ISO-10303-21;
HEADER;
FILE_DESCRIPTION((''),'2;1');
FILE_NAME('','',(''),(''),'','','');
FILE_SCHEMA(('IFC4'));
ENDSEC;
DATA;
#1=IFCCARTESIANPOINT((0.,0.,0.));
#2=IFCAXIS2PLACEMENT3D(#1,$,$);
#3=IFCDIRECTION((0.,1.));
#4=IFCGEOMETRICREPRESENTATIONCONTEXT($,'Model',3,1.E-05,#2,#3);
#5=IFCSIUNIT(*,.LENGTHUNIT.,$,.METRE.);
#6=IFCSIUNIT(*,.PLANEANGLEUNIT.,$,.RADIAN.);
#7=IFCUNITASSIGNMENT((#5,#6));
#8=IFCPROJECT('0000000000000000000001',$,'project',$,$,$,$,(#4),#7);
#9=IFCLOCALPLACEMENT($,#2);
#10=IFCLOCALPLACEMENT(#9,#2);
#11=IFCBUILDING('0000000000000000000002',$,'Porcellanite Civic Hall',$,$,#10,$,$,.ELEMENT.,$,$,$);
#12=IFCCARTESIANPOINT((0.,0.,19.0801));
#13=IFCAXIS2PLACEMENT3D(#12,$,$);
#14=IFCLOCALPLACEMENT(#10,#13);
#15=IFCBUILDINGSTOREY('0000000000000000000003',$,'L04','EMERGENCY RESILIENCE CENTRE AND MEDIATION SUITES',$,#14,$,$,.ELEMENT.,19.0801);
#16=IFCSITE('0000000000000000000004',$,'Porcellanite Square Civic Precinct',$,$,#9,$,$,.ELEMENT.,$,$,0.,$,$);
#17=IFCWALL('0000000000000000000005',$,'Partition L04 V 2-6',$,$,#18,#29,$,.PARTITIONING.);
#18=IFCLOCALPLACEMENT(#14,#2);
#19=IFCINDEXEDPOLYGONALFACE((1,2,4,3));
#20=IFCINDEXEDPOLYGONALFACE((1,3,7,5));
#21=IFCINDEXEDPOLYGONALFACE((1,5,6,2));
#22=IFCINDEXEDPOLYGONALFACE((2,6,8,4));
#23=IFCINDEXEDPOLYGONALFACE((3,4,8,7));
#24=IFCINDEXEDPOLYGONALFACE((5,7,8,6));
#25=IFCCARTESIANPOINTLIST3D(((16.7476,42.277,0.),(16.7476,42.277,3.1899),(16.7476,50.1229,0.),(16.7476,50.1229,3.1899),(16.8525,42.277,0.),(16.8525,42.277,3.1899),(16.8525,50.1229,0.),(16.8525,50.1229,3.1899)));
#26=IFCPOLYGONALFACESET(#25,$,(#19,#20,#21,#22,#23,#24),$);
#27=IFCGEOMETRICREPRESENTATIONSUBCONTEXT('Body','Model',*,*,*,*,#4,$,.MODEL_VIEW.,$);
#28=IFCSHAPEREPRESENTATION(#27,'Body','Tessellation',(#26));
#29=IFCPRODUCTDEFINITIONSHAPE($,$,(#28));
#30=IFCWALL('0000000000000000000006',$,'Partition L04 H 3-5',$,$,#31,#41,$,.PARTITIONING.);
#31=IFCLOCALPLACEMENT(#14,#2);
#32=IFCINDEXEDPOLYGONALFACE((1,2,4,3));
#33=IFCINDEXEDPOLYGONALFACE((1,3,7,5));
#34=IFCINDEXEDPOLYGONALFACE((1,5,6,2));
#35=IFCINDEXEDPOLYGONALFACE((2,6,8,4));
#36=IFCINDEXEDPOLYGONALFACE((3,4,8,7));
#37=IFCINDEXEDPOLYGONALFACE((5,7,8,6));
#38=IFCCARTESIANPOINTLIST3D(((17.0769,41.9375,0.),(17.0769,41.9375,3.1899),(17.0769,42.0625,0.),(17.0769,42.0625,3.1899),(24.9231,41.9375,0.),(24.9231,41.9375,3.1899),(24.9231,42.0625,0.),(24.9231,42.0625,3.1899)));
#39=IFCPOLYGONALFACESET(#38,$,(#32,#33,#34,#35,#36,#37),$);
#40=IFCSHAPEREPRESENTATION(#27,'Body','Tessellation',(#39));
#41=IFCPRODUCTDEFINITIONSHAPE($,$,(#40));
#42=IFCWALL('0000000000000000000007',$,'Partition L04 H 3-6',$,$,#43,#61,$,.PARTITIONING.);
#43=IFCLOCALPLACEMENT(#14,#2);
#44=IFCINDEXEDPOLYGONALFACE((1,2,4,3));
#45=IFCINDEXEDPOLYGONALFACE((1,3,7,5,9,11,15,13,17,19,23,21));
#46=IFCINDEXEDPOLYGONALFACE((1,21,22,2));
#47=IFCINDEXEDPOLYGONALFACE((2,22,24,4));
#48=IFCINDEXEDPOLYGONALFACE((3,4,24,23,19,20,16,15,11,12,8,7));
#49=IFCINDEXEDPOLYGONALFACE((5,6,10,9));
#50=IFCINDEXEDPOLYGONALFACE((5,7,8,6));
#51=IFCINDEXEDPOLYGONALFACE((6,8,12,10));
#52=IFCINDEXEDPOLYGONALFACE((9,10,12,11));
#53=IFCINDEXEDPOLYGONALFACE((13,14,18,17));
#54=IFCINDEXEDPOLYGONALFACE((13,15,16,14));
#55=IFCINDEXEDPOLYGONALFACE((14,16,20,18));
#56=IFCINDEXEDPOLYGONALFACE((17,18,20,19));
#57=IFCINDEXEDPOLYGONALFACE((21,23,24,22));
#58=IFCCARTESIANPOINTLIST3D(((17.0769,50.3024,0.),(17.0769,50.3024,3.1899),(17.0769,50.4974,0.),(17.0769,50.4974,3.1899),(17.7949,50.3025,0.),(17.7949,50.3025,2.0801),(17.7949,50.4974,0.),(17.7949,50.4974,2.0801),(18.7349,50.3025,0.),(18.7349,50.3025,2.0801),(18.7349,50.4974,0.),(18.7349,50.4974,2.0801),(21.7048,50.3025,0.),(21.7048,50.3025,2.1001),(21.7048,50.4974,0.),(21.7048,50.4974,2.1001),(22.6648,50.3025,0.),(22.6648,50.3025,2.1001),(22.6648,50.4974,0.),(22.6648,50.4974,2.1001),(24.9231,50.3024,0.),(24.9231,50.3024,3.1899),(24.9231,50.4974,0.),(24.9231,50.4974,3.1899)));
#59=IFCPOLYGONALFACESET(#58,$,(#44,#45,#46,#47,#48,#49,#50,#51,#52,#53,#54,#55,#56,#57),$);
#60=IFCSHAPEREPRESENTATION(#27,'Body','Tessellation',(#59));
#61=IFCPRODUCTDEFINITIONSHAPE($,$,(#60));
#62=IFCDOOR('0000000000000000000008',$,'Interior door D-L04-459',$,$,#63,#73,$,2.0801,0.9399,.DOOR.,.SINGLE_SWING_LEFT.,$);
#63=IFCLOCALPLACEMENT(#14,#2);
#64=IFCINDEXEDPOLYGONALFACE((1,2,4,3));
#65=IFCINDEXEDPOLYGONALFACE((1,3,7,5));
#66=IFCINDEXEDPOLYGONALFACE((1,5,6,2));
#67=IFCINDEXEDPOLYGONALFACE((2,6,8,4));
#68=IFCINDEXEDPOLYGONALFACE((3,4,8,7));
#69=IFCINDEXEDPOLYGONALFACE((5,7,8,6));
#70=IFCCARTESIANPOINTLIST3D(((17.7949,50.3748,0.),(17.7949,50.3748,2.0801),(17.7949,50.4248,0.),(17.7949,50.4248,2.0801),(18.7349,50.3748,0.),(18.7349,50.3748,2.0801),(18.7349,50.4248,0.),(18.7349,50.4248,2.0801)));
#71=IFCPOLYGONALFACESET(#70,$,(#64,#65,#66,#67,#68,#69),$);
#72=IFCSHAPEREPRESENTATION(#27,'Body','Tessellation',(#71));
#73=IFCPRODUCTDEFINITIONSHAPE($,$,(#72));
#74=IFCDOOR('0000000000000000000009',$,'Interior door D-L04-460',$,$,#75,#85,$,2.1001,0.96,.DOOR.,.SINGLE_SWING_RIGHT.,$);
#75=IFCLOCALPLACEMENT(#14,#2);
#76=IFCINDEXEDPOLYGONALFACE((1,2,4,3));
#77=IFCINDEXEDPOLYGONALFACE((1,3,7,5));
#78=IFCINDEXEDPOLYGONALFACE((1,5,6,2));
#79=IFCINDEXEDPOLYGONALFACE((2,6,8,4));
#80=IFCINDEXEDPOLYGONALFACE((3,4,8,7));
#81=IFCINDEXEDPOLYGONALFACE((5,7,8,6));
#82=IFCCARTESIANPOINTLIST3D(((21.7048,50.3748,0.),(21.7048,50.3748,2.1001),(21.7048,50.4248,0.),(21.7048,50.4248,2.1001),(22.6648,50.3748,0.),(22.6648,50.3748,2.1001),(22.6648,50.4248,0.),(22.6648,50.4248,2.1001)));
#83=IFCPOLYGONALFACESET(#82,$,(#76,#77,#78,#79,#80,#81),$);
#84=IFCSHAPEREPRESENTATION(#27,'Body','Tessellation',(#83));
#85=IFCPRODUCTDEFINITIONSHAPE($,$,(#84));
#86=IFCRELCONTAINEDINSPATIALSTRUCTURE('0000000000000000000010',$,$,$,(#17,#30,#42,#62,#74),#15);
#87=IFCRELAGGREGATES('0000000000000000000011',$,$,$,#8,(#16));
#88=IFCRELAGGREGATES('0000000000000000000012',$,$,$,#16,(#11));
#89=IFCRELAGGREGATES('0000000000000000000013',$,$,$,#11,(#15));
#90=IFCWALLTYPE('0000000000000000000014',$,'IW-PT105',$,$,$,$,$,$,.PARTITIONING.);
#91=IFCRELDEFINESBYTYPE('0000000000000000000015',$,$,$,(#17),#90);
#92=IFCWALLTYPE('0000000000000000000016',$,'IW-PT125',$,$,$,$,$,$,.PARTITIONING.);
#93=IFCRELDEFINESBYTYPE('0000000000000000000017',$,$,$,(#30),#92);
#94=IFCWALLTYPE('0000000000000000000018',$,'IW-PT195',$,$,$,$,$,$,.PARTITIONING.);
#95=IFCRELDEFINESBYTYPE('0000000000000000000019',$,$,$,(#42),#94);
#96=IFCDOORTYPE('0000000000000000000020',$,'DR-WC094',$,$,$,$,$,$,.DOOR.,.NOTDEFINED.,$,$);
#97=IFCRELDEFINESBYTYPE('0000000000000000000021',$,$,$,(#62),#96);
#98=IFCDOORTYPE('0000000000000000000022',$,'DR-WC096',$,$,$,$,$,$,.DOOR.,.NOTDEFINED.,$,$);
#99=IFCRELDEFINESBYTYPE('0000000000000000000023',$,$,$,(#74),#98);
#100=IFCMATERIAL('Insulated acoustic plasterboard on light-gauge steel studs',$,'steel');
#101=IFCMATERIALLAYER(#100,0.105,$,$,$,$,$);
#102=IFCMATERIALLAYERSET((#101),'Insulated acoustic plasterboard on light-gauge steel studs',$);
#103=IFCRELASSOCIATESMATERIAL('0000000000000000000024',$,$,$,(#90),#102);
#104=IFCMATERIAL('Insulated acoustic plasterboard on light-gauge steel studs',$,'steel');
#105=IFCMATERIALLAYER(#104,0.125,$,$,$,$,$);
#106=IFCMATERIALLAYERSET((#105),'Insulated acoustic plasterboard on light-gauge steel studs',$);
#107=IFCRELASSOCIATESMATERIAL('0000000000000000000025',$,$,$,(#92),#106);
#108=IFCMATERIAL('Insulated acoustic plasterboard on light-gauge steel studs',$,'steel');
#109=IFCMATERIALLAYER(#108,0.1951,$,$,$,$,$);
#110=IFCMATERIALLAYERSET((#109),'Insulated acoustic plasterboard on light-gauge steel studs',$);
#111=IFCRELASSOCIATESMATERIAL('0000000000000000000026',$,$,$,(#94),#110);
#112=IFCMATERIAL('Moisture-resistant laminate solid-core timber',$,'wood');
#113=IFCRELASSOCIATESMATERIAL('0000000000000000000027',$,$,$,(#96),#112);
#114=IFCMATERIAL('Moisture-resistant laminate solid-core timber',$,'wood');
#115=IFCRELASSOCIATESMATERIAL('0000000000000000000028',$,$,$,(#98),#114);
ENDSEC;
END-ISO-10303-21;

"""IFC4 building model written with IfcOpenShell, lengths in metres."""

from ifc_helpers import new_model, si_unit, direction, frame, frame_2d, origin, place, context, subcontext, project, spatial, rectangle, extrude, material, layer, layer_set, type_object, element, fill, save


model = new_model("IFC4")

# Units and contexts
model_context = context("Model", 3, precision=1e-05, world=origin(), true_north=direction((0.0, 1.0)))
body_context = subcontext(model_context, "Body", "Model", "MODEL_VIEW")
ifc_project = project(units=[si_unit("LENGTHUNIT", "METRE"), si_unit("PLANEANGLEUNIT", "RADIAN")], contexts=[model_context])

# Site, building, storey
site_placement = place(None, origin())
site = spatial("IfcSite", under=ifc_project, at=site_placement, Name="Porcellanite Square Civic Precinct", CompositionType="ELEMENT", RefElevation=0.0)
building_placement = place(site_placement, origin())
building = spatial("IfcBuilding", under=site, at=building_placement, Name="Porcellanite Civic Hall", CompositionType="ELEMENT")
storey_placement = place(building_placement, frame((0.0, 0.0, 19.0801)))
storey = spatial("IfcBuildingStorey", under=building, at=storey_placement, Name="L04", Description="EMERGENCY RESILIENCE CENTRE AND MEDIATION SUITES", CompositionType="ELEMENT", Elevation=19.0801)

# Shared definitions
ifc_material_1 = material(Name="Insulated acoustic plasterboard on light-gauge steel studs", Category="steel")
ifc_layer_1 = layer(ifc_material_1, 0.105)
ifc_layer_set_1 = layer_set([ifc_layer_1], Name="Insulated acoustic plasterboard on light-gauge steel studs")
wall_type_1 = type_object("IfcWallType", Name="IW-PT105", PredefinedType="PARTITIONING", material=ifc_layer_set_1)

# Walls
wall_1_placement = place(storey_placement, frame((16.8, 42.2771, 0.0), z_axis=(0.0, 0.0, 1.0), x_axis=(0.0, 1.0, 0.0)))
element("IfcWall", 1, at=wall_1_placement, inside=storey, type_object=wall_type_1, Name="Partition L04 V 2-6", PredefinedType="PARTITIONING", context=body_context, shape_type="SweptSolid", body=[
    extrude(rectangle(XDim=7.8459, YDim=0.105, at=frame_2d((3.9229, 0.0))), origin(), (0.0, 0.0, 1.0), 3.1899),
])
ifc_material_2 = material(Name="Insulated acoustic plasterboard on light-gauge steel studs", Category="steel")
ifc_layer_2 = layer(ifc_material_2, 0.125)
ifc_layer_set_2 = layer_set([ifc_layer_2], Name="Insulated acoustic plasterboard on light-gauge steel studs")
wall_type_2 = type_object("IfcWallType", Name="IW-PT125", PredefinedType="PARTITIONING", material=ifc_layer_set_2)
wall_2_placement = place(storey_placement, frame((17.0769, 42.0, 0.0), z_axis=(0.0, 0.0, 1.0), x_axis=(1.0, 0.0, 0.0)))
element("IfcWall", 2, at=wall_2_placement, inside=storey, type_object=wall_type_2, Name="Partition L04 H 3-5", PredefinedType="PARTITIONING", context=body_context, shape_type="SweptSolid", body=[
    extrude(rectangle(XDim=7.8462, YDim=0.125, at=frame_2d((3.9231, 0.0))), origin(), (0.0, 0.0, 1.0), 3.1899),
])

# Wall, openings, doors
ifc_material_3 = material(Name="Insulated acoustic plasterboard on light-gauge steel studs", Category="steel")
ifc_layer_3 = layer(ifc_material_3, 0.1951)
ifc_layer_set_3 = layer_set([ifc_layer_3], Name="Insulated acoustic plasterboard on light-gauge steel studs")
wall_type_3 = type_object("IfcWallType", Name="IW-PT195", PredefinedType="PARTITIONING", material=ifc_layer_set_3)
wall_3_placement = place(storey_placement, frame((17.0769, 50.3999, 0.0), z_axis=(0.0, 0.0, 1.0), x_axis=(1.0, 0.0, 0.0)))
wall_3 = element("IfcWall", 3, at=wall_3_placement, inside=storey, type_object=wall_type_3, Name="Partition L04 H 3-6", PredefinedType="PARTITIONING", context=body_context, shape_type="SweptSolid", body=[
    extrude(rectangle(XDim=7.8462, YDim=0.1951, at=frame_2d((3.9231, 0.0))), origin(), (0.0, 0.0, 1.0), 3.1899),
])
opening_1_placement = place(wall_3_placement, frame((0.718, 0.0, 0.0)))
opening_1 = element("IfcOpeningElement", 4, at=opening_1_placement, cuts=wall_3, PredefinedType="OPENING", context=body_context, shape_type="SweptSolid", body=[
    extrude(rectangle(XDim=0.9399, YDim=2.0801, at=frame_2d((0.47, 1.04))), frame((0.0, 0.0977, 0.0), z_axis=(0.0, -1.0, 0.0), x_axis=(1.0, 0.0, 0.0)), (0.0, 0.0, 1.0), 0.1951),
])
opening_2_placement = place(wall_3_placement, frame((4.6279, 0.0, 0.0)))
opening_2 = element("IfcOpeningElement", 5, at=opening_2_placement, cuts=wall_3, PredefinedType="OPENING", context=body_context, shape_type="SweptSolid", body=[
    extrude(rectangle(XDim=0.96, YDim=2.1001, at=frame_2d((0.48, 1.05))), frame((0.0, 0.0977, 0.0), z_axis=(0.0, -1.0, 0.0), x_axis=(1.0, 0.0, 0.0)), (0.0, 0.0, 1.0), 0.1951),
])
ifc_material_4 = material(Name="Moisture-resistant laminate solid-core timber", Category="wood")
door_type_1 = type_object("IfcDoorType", Name="DR-WC094", OperationType="NOTDEFINED", PredefinedType="DOOR", material=ifc_material_4)
door_1_placement = place(opening_1_placement, origin())
door_1 = element("IfcDoor", 6, at=door_1_placement, inside=storey, type_object=door_type_1, Name="Interior door D-L04-459", OperationType="SINGLE_SWING_LEFT", OverallHeight=2.0801, OverallWidth=0.9399, PredefinedType="DOOR", context=body_context, shape_type="SweptSolid", body=[
    extrude(rectangle(XDim=0.9399, YDim=2.0801, at=frame_2d((0.47, 1.04))), frame((0.0, 0.0249, 0.0), z_axis=(0.0, -1.0, 0.0), x_axis=(1.0, 0.0, 0.0)), (0.0, 0.0, 1.0), 0.05),
])
fill(opening_1, door_1)
ifc_material_5 = material(Name="Moisture-resistant laminate solid-core timber", Category="wood")
door_type_2 = type_object("IfcDoorType", Name="DR-WC096", OperationType="NOTDEFINED", PredefinedType="DOOR", material=ifc_material_5)
door_2_placement = place(opening_2_placement, origin())
door_2 = element("IfcDoor", 7, at=door_2_placement, inside=storey, type_object=door_type_2, Name="Interior door D-L04-460", OperationType="SINGLE_SWING_RIGHT", OverallHeight=2.1001, OverallWidth=0.96, PredefinedType="DOOR", context=body_context, shape_type="SweptSolid", body=[
    extrude(rectangle(XDim=0.96, YDim=2.1001, at=frame_2d((0.48, 1.05))), frame((0.0, 0.0249, 0.0), z_axis=(0.0, -1.0, 0.0), x_axis=(1.0, 0.0, 0.0)), (0.0, 0.0, 1.0), 0.05),
])
fill(opening_2, door_2)

save(model, "model.ifc")
